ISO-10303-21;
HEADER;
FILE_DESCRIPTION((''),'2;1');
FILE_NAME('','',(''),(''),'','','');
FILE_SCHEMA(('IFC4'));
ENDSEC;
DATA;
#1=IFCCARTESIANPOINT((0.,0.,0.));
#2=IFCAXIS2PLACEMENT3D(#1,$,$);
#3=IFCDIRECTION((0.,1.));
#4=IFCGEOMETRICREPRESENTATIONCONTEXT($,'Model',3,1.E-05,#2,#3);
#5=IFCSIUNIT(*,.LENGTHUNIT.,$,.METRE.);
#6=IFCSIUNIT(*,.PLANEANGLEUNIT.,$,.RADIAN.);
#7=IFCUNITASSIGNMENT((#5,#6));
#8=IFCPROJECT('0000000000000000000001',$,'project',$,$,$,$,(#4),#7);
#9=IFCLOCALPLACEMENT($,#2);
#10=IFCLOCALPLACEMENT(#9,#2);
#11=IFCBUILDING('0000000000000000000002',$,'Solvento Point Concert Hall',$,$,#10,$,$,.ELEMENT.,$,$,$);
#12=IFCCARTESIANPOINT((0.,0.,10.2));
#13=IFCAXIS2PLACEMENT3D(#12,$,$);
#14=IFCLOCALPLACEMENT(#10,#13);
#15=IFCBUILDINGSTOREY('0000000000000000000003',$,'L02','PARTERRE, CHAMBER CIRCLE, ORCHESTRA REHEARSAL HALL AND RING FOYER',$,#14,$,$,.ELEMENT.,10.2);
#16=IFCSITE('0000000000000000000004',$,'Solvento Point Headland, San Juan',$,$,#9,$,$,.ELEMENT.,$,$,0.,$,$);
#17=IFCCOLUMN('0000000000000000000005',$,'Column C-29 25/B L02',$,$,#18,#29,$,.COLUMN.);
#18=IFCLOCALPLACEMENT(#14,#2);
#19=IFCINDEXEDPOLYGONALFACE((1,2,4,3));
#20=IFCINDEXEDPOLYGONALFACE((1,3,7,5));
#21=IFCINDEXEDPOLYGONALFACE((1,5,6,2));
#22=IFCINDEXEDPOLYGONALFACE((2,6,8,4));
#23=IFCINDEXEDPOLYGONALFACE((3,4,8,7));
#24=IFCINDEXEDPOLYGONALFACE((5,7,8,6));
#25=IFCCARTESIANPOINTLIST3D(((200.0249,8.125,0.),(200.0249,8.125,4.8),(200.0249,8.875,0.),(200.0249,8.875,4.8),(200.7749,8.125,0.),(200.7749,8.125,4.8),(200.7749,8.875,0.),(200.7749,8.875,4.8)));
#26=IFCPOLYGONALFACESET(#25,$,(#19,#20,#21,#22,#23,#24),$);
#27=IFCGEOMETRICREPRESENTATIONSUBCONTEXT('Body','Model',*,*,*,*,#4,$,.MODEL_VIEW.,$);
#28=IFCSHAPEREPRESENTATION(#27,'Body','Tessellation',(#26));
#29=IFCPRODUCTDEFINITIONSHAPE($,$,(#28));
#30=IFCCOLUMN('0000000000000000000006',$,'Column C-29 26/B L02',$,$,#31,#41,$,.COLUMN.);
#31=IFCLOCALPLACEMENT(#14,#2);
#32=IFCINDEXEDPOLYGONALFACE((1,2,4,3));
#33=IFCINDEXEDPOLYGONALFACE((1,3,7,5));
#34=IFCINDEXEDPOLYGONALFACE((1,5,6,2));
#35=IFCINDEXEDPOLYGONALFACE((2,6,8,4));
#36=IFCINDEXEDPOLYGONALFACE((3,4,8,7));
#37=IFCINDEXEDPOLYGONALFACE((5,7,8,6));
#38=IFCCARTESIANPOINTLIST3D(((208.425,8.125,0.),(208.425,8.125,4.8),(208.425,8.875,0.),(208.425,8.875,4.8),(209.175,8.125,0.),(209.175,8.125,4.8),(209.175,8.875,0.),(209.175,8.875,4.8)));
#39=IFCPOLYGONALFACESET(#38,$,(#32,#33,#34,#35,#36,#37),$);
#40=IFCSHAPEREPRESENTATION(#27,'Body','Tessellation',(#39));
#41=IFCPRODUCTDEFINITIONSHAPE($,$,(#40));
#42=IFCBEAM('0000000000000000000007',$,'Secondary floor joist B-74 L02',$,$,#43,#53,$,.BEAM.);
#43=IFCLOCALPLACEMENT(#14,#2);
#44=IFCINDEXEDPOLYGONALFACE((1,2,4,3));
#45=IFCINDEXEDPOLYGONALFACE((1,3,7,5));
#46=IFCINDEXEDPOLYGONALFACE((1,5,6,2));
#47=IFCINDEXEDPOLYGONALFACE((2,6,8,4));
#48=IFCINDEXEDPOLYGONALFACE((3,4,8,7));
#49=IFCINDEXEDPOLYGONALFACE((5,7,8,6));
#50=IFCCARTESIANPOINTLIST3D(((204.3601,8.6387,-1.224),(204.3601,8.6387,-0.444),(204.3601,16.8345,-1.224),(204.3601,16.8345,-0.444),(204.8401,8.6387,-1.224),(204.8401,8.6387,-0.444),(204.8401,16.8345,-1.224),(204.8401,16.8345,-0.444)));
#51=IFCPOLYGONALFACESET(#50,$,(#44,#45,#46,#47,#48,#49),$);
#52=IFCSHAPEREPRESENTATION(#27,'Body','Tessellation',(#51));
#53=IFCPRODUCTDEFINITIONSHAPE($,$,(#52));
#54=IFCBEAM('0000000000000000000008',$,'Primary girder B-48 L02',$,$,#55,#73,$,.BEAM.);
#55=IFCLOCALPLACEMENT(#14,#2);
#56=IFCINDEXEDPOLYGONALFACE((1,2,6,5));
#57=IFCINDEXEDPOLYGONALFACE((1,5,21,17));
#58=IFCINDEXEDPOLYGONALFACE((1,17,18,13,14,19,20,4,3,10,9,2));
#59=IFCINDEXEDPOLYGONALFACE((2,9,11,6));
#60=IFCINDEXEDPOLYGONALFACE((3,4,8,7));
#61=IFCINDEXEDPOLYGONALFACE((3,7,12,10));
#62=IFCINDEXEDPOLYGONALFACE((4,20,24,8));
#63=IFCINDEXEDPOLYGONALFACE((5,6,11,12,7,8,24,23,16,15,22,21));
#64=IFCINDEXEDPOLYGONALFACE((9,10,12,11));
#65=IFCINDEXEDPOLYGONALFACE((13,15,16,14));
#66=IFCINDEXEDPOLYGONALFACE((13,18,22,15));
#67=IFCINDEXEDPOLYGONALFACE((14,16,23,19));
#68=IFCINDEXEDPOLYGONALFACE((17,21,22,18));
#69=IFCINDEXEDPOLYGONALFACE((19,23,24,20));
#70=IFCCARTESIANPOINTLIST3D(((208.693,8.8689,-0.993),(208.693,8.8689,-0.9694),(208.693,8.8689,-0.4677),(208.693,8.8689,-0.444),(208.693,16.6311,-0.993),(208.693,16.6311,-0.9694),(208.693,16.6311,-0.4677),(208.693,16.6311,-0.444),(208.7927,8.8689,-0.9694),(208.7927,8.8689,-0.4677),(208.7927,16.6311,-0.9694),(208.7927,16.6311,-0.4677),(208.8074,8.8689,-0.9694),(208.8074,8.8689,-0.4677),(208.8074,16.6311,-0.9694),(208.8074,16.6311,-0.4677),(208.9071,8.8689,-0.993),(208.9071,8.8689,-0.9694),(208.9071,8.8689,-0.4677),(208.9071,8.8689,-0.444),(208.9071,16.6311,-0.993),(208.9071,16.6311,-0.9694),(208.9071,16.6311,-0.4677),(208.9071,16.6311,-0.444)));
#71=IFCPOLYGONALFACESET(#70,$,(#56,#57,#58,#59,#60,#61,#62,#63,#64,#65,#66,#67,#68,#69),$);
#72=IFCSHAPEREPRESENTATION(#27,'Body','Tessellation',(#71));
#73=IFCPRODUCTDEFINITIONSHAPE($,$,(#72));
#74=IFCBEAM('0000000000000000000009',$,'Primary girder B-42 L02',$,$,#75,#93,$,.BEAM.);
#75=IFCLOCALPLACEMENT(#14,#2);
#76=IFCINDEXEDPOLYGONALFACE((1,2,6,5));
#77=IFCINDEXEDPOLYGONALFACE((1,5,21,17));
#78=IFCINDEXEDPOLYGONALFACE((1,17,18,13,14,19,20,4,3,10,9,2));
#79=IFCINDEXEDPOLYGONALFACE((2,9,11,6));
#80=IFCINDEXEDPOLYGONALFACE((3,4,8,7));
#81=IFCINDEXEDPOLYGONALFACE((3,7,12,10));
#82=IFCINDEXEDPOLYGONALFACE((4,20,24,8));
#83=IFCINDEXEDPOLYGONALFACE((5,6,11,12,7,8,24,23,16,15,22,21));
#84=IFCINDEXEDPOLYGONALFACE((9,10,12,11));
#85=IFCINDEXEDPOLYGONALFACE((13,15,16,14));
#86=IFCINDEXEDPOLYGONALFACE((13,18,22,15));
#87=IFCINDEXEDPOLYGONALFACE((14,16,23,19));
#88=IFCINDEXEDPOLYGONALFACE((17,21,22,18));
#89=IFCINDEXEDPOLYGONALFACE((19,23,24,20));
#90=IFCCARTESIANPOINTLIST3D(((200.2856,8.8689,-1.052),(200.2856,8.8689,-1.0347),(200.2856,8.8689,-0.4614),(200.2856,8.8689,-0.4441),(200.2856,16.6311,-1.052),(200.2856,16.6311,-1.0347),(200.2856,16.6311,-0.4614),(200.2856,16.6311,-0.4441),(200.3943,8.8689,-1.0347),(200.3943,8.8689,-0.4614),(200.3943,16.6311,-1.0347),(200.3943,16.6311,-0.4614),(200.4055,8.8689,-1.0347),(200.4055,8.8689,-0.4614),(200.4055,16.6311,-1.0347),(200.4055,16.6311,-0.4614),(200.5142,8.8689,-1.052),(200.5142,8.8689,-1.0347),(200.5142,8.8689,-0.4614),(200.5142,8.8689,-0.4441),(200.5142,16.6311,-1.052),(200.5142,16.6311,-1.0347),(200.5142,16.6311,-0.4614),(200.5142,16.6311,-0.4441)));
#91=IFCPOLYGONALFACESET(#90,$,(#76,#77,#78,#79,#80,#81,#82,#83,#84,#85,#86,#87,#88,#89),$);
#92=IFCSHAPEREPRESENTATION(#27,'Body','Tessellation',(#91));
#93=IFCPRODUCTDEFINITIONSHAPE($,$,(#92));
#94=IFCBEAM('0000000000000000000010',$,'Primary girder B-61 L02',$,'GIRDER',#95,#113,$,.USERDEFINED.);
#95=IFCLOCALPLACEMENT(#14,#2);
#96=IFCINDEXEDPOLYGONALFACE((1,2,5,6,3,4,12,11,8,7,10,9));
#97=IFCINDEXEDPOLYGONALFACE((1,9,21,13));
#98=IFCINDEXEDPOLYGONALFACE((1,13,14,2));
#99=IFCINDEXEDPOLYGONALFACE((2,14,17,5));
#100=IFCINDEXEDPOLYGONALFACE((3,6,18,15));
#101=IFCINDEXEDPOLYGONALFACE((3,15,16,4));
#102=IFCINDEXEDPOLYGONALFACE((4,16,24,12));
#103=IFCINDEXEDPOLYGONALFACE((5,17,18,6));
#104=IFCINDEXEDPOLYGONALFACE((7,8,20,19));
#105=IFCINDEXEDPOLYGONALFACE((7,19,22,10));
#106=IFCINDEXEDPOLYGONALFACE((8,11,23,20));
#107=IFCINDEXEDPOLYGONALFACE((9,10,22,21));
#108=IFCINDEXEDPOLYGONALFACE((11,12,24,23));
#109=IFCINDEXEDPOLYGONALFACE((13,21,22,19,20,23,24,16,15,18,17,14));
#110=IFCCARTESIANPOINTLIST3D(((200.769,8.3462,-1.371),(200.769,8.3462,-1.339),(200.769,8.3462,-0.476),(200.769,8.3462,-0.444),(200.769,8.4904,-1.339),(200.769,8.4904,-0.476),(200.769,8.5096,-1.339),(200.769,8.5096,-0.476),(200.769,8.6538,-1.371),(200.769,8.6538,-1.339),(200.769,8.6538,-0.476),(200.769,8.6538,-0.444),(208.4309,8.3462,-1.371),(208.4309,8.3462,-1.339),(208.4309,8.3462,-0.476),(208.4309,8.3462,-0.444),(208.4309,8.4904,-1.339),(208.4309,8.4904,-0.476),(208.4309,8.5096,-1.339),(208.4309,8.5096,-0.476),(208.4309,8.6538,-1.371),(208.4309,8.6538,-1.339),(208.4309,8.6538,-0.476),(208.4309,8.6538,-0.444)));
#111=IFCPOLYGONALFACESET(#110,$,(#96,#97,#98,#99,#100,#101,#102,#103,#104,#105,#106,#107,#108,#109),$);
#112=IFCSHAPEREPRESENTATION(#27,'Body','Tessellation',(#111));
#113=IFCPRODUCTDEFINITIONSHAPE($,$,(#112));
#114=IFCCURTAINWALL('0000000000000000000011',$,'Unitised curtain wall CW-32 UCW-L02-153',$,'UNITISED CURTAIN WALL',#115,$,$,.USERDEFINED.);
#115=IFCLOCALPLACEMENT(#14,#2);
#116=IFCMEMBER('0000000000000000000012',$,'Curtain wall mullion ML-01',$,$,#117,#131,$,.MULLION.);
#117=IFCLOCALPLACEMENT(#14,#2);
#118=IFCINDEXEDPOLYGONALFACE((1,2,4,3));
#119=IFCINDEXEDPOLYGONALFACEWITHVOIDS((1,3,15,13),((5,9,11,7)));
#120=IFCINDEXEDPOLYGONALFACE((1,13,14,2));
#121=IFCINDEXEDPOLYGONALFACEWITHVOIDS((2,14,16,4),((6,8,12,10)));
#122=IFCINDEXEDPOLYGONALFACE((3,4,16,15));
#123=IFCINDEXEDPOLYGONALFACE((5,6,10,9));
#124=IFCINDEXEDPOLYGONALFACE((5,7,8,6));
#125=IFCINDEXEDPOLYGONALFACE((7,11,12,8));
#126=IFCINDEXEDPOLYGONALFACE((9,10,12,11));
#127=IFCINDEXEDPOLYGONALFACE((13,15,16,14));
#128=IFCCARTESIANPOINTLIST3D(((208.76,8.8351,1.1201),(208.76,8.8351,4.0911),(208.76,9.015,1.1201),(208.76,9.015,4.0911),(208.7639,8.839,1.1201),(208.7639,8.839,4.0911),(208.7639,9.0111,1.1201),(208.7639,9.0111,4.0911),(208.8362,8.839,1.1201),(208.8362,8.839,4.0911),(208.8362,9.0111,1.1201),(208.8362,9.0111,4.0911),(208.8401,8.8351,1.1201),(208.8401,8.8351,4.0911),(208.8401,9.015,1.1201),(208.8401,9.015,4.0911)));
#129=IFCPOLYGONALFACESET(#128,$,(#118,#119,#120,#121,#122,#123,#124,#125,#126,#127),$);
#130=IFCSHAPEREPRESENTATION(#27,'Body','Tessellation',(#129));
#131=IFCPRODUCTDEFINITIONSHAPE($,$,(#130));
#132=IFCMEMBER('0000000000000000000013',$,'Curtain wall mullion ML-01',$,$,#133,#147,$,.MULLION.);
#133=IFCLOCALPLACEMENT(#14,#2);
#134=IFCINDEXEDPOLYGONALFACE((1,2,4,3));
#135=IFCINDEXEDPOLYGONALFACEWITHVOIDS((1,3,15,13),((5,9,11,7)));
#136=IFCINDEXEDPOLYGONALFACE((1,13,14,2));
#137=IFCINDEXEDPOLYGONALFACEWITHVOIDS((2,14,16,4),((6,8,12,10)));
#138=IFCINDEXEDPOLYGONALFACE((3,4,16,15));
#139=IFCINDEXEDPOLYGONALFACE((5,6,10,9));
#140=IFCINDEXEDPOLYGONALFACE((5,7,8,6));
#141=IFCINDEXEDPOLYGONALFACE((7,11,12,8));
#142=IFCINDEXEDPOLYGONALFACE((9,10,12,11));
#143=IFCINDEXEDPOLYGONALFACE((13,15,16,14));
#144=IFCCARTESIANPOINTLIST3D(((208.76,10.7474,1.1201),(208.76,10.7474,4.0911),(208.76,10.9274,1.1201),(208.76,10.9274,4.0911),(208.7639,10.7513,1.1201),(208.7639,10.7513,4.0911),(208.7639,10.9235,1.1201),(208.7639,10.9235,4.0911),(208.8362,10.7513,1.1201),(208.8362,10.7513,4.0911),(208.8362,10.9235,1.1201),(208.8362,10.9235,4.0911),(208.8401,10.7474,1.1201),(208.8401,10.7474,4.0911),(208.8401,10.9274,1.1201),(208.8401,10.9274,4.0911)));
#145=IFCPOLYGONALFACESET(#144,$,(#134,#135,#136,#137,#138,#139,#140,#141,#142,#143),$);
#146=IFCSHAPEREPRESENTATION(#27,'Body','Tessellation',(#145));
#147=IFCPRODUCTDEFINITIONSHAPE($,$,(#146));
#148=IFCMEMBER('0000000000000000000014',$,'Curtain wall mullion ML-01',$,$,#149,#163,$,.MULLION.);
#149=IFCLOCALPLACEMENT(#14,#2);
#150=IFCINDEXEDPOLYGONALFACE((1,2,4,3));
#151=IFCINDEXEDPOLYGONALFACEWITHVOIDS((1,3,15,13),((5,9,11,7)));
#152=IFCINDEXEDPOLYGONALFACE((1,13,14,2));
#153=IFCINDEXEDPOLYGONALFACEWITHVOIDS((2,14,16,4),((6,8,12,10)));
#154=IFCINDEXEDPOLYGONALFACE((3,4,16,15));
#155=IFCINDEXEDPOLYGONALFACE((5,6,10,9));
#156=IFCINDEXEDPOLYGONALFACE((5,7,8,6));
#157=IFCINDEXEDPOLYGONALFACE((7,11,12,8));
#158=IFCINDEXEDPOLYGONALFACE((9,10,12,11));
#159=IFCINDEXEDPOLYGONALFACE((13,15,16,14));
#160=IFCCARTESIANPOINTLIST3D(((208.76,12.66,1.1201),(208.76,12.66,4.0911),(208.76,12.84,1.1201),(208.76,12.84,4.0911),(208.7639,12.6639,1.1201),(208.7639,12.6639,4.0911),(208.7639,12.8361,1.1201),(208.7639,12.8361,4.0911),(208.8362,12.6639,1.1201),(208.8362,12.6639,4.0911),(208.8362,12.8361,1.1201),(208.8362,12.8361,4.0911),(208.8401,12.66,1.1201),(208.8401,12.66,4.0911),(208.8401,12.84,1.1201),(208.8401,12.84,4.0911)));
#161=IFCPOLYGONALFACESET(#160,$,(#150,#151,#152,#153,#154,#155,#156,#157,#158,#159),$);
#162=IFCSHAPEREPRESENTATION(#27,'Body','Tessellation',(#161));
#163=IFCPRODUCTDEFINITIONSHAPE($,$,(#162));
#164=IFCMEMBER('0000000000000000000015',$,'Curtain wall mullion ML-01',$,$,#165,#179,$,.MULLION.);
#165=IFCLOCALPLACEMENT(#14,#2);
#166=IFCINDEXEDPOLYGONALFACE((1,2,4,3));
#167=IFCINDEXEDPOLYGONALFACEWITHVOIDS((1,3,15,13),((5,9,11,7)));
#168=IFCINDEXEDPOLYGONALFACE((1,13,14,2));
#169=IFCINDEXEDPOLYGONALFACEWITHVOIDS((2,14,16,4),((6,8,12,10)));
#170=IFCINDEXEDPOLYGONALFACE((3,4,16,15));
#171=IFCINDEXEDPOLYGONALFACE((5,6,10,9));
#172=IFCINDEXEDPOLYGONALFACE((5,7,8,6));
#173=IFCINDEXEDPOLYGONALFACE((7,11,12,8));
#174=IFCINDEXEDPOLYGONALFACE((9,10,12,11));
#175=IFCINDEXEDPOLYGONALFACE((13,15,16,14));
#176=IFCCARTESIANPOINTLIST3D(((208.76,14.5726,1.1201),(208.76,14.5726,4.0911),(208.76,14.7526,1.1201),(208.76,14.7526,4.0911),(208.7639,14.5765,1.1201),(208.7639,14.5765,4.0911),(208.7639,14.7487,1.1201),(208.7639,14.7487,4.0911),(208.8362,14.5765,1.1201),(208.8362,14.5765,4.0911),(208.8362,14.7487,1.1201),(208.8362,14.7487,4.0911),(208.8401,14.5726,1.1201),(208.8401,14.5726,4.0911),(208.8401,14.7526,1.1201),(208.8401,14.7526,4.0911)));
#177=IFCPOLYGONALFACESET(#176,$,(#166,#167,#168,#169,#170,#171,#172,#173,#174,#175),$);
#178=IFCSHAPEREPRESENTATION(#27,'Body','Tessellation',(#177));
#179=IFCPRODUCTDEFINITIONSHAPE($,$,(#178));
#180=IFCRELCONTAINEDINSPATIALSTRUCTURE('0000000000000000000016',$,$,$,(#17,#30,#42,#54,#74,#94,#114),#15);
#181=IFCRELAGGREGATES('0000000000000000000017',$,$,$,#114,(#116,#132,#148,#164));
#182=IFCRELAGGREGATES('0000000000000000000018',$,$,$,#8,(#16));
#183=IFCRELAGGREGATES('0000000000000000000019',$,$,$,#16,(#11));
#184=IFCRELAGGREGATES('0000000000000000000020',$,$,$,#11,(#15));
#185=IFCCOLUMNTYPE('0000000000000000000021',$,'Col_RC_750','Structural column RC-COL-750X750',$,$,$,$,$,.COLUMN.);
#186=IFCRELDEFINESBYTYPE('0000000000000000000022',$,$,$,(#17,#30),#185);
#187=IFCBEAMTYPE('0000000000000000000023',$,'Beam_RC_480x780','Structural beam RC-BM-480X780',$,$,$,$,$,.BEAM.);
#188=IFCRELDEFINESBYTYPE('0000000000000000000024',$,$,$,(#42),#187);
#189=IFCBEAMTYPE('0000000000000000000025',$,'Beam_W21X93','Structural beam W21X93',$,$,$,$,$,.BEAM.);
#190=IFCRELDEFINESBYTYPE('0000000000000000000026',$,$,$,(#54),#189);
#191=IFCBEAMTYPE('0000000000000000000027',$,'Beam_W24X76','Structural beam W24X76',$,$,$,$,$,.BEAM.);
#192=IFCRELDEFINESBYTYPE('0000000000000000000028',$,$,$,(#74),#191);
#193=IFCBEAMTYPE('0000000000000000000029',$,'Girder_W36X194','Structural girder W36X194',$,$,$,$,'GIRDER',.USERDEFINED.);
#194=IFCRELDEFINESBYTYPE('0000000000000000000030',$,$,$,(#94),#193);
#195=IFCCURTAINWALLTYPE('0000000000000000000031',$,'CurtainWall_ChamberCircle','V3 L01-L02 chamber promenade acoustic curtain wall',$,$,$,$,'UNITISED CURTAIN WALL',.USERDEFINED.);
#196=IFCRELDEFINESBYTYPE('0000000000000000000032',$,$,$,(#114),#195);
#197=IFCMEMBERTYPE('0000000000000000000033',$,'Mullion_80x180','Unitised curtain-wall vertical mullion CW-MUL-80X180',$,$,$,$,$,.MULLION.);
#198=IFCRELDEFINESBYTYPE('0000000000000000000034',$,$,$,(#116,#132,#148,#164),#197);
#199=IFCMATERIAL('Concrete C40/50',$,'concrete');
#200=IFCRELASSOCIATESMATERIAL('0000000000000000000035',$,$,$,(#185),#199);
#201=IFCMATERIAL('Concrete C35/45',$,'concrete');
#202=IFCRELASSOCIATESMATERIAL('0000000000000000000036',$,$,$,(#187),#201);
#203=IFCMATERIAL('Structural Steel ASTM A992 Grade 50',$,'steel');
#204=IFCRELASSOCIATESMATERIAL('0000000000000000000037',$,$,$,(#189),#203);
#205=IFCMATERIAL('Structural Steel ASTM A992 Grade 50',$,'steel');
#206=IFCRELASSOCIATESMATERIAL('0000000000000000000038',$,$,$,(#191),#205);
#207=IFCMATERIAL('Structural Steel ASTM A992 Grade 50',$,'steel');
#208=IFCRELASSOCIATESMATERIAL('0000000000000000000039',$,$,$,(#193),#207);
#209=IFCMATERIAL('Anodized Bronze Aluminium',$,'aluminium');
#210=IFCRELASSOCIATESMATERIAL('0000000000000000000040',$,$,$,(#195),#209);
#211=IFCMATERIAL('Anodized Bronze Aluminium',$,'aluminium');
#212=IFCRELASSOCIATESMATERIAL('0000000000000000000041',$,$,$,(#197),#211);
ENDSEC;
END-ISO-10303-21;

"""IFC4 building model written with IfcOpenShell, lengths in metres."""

from ifc_helpers import new_model, si_unit, direction, frame, origin, origin_2d, place, context, subcontext, project, spatial, rectangle, hollow_rectangle, i_section, extrude, material, material_profile, profile_set, type_object, element, aggregate, save


model = new_model("IFC4")

# Units and contexts
model_context = context("Model", 3, precision=1e-05, world=origin(), true_north=direction((0.0, 1.0)))
body_context = subcontext(model_context, "Body", "Model", "MODEL_VIEW")
ifc_project = project(units=[si_unit("LENGTHUNIT", "METRE"), si_unit("PLANEANGLEUNIT", "RADIAN")], contexts=[model_context])

# Site, building, storey
site_placement = place(None, origin())
site = spatial("IfcSite", under=ifc_project, at=site_placement, Name="Solvento Point Headland, San Juan", CompositionType="ELEMENT", RefElevation=0.0)
building_placement = place(site_placement, origin())
building = spatial("IfcBuilding", under=site, at=building_placement, Name="Solvento Point Concert Hall", CompositionType="ELEMENT")
storey_placement = place(building_placement, frame((0.0, 0.0, 10.2)))
storey = spatial("IfcBuildingStorey", under=building, at=storey_placement, Name="L02", Description="PARTERRE, CHAMBER CIRCLE, ORCHESTRA REHEARSAL HALL AND RING FOYER", CompositionType="ELEMENT", Elevation=10.2)

# Columns
ifc_material_1 = material(Name="Concrete C40/50", Category="concrete")
ifc_material_profile_1 = material_profile(ifc_material_1, rectangle(XDim=0.75, YDim=0.75, at=origin_2d()), Name="RC-COL-750X750")
ifc_profile_set_1 = profile_set([ifc_material_profile_1], Name="Concrete C40/50")
column_type = type_object("IfcColumnType", Name="Col_RC_750", Description="Structural column RC-COL-750X750", PredefinedType="COLUMN", material=ifc_profile_set_1)
for number, where, z_axis, x_axis, name in (
    (1, (200.3999, 8.5, 0.0), (0.0, 0.0, 1.0), (1.0, 0.0, 0.0), "Column C-29 25/B L02"),
    (2, (208.8, 8.5, 0.0), (0.0, 0.0, 1.0), (1.0, 0.0, 0.0), "Column C-29 26/B L02"),
):
    element("IfcColumn", number, at=place(storey_placement, frame(where, z_axis=z_axis, x_axis=x_axis)), inside=storey, type_object=column_type, Name=name, PredefinedType="COLUMN", context=body_context, shape_type="SweptSolid", body=[
        extrude(rectangle(XDim=0.75, YDim=0.75, at=origin_2d()), origin(), (0.0, 0.0, 1.0), 4.8),
    ])

# Beams
ifc_material_2 = material(Name="Concrete C35/45", Category="concrete")
ifc_material_profile_2 = material_profile(ifc_material_2, rectangle(XDim=0.48, YDim=0.78, at=origin_2d()), Name="RC-BM-480X780")
ifc_profile_set_2 = profile_set([ifc_material_profile_2], Name="Concrete C35/45")
beam_type_1 = type_object("IfcBeamType", Name="Beam_RC_480x780", Description="Structural beam RC-BM-480X780", PredefinedType="BEAM", material=ifc_profile_set_2)
beam_1_placement = place(storey_placement, frame((204.6001, 8.6387, -0.834), z_axis=(0.0, 1.0, 0.0), x_axis=(-1.0, 0.0, 0.0)))
element("IfcBeam", 3, at=beam_1_placement, inside=storey, type_object=beam_type_1, Name="Secondary floor joist B-74 L02", PredefinedType="BEAM", context=body_context, shape_type="SweptSolid", body=[
    extrude(rectangle(XDim=0.48, YDim=0.78, at=origin_2d()), origin(), (0.0, 0.0, 1.0), 8.1958),
])
ifc_material_3 = material(Name="Structural Steel ASTM A992 Grade 50", Category="steel")
ifc_material_profile_3 = material_profile(ifc_material_3, i_section(OverallWidth=0.2141, OverallDepth=0.5491, WebThickness=0.0146, FlangeThickness=0.0237, at=origin_2d()), Name="W21X93")
ifc_profile_set_3 = profile_set([ifc_material_profile_3], Name="Structural Steel ASTM A992 Grade 50")
beam_type_2 = type_object("IfcBeamType", Name="Beam_W21X93", Description="Structural beam W21X93", PredefinedType="BEAM", material=ifc_profile_set_3)
beam_2_placement = place(storey_placement, frame((208.8, 8.8689, -0.7185), z_axis=(0.0, 1.0, 0.0), x_axis=(-1.0, 0.0, 0.0)))
element("IfcBeam", 4, at=beam_2_placement, inside=storey, type_object=beam_type_2, Name="Primary girder B-48 L02", PredefinedType="BEAM", context=body_context, shape_type="SweptSolid", body=[
    extrude(i_section(OverallWidth=0.2141, OverallDepth=0.5491, WebThickness=0.0146, FlangeThickness=0.0237, at=origin_2d()), origin(), (0.0, 0.0, 1.0), 7.7622),
])
ifc_material_4 = material(Name="Structural Steel ASTM A992 Grade 50", Category="steel")
ifc_material_profile_4 = material_profile(ifc_material_4, i_section(OverallWidth=0.2285, OverallDepth=0.6079, WebThickness=0.0112, FlangeThickness=0.0173, at=origin_2d()), Name="W24X76")
ifc_profile_set_4 = profile_set([ifc_material_profile_4], Name="Structural Steel ASTM A992 Grade 50")
beam_type_3 = type_object("IfcBeamType", Name="Beam_W24X76", Description="Structural beam W24X76", PredefinedType="BEAM", material=ifc_profile_set_4)
beam_3_placement = place(storey_placement, frame((200.3999, 8.8689, -0.748), z_axis=(0.0, 1.0, 0.0), x_axis=(-1.0, 0.0, 0.0)))
element("IfcBeam", 5, at=beam_3_placement, inside=storey, type_object=beam_type_3, Name="Primary girder B-42 L02", PredefinedType="BEAM", context=body_context, shape_type="SweptSolid", body=[
    extrude(i_section(OverallWidth=0.2285, OverallDepth=0.6079, WebThickness=0.0112, FlangeThickness=0.0173, at=origin_2d()), origin(), (0.0, 0.0, 1.0), 7.7622),
])
ifc_material_5 = material(Name="Structural Steel ASTM A992 Grade 50", Category="steel")
ifc_material_profile_5 = material_profile(ifc_material_5, i_section(OverallWidth=0.3076, OverallDepth=0.927, WebThickness=0.0193, FlangeThickness=0.032, at=origin_2d()), Name="W36X194")
ifc_profile_set_5 = profile_set([ifc_material_profile_5], Name="Structural Steel ASTM A992 Grade 50")
beam_type_4 = type_object("IfcBeamType", Name="Girder_W36X194", Description="Structural girder W36X194", ElementType="GIRDER", PredefinedType="USERDEFINED", material=ifc_profile_set_5)
beam_4_placement = place(storey_placement, frame((200.769, 8.5, -0.9075), z_axis=(1.0, 0.0, 0.0), x_axis=(0.0, 1.0, 0.0)))
element("IfcBeam", 6, at=beam_4_placement, inside=storey, type_object=beam_type_4, Name="Primary girder B-61 L02", ObjectType="GIRDER", PredefinedType="USERDEFINED", context=body_context, shape_type="SweptSolid", body=[
    extrude(i_section(OverallWidth=0.3076, OverallDepth=0.927, WebThickness=0.0193, FlangeThickness=0.032, at=origin_2d()), origin(), (0.0, 0.0, 1.0), 7.6619),
])

# Curtain wall, members
ifc_material_6 = material(Name="Anodized Bronze Aluminium", Category="aluminium")
curtain_wall_type = type_object("IfcCurtainWallType", Name="CurtainWall_ChamberCircle", Description="V3 L01-L02 chamber promenade acoustic curtain wall", ElementType="UNITISED CURTAIN WALL", PredefinedType="USERDEFINED", material=ifc_material_6)
curtain_wall_placement = place(storey_placement, origin())
curtain_wall = element("IfcCurtainWall", 7, at=curtain_wall_placement, inside=storey, type_object=curtain_wall_type, Name="Unitised curtain wall CW-32 UCW-L02-153", ObjectType="UNITISED CURTAIN WALL", PredefinedType="USERDEFINED")
ifc_material_7 = material(Name="Anodized Bronze Aluminium", Category="aluminium")
ifc_material_profile_6 = material_profile(ifc_material_7, hollow_rectangle(XDim=0.0801, YDim=0.1799, WallThickness=0.0039, at=origin_2d()), Name="CW-MUL-80X180")
ifc_profile_set_6 = profile_set([ifc_material_profile_6], Name="Anodized Bronze Aluminium")
member_type_1 = type_object("IfcMemberType", Name="Mullion_80x180", Description="Unitised curtain-wall vertical mullion CW-MUL-80X180", PredefinedType="MULLION", material=ifc_profile_set_6)
member_1_placement = place(storey_placement, frame((208.8, 8.925, 1.1201), z_axis=(0.0, 0.0, 1.0), x_axis=(1.0, 0.0, 0.0)))
member_1 = element("IfcMember", 8, at=member_1_placement, type_object=member_type_1, Name="Curtain wall mullion ML-01", PredefinedType="MULLION", context=body_context, shape_type="SweptSolid", body=[
    extrude(hollow_rectangle(XDim=0.0801, YDim=0.1799, WallThickness=0.0039, at=origin_2d()), origin(), (0.0, 0.0, 1.0), 2.9709),
])
member_2_placement = place(storey_placement, frame((208.8, 10.8374, 1.1201), z_axis=(0.0, 0.0, 1.0), x_axis=(1.0, 0.0, 0.0)))
member_2 = element("IfcMember", 9, at=member_2_placement, type_object=member_type_1, Name="Curtain wall mullion ML-01", PredefinedType="MULLION", context=body_context, shape_type="SweptSolid", body=[
    extrude(hollow_rectangle(XDim=0.0801, YDim=0.1799, WallThickness=0.0039, at=origin_2d()), origin(), (0.0, 0.0, 1.0), 2.9709),
])
member_3_placement = place(storey_placement, frame((208.8, 12.75, 1.1201), z_axis=(0.0, 0.0, 1.0), x_axis=(1.0, 0.0, 0.0)))
member_3 = element("IfcMember", 10, at=member_3_placement, type_object=member_type_1, Name="Curtain wall mullion ML-01", PredefinedType="MULLION", context=body_context, shape_type="SweptSolid", body=[
    extrude(hollow_rectangle(XDim=0.0801, YDim=0.1799, WallThickness=0.0039, at=origin_2d()), origin(), (0.0, 0.0, 1.0), 2.9709),
])
member_4_placement = place(storey_placement, frame((208.8, 14.6626, 1.1201), z_axis=(0.0, 0.0, 1.0), x_axis=(1.0, 0.0, 0.0)))
member_4 = element("IfcMember", 11, at=member_4_placement, type_object=member_type_1, Name="Curtain wall mullion ML-01", PredefinedType="MULLION", context=body_context, shape_type="SweptSolid", body=[
    extrude(hollow_rectangle(XDim=0.0801, YDim=0.1799, WallThickness=0.0039, at=origin_2d()), origin(), (0.0, 0.0, 1.0), 2.9709),
])
aggregate(curtain_wall, [member_1, member_2, member_3, member_4])

save(model, "model.ifc")
